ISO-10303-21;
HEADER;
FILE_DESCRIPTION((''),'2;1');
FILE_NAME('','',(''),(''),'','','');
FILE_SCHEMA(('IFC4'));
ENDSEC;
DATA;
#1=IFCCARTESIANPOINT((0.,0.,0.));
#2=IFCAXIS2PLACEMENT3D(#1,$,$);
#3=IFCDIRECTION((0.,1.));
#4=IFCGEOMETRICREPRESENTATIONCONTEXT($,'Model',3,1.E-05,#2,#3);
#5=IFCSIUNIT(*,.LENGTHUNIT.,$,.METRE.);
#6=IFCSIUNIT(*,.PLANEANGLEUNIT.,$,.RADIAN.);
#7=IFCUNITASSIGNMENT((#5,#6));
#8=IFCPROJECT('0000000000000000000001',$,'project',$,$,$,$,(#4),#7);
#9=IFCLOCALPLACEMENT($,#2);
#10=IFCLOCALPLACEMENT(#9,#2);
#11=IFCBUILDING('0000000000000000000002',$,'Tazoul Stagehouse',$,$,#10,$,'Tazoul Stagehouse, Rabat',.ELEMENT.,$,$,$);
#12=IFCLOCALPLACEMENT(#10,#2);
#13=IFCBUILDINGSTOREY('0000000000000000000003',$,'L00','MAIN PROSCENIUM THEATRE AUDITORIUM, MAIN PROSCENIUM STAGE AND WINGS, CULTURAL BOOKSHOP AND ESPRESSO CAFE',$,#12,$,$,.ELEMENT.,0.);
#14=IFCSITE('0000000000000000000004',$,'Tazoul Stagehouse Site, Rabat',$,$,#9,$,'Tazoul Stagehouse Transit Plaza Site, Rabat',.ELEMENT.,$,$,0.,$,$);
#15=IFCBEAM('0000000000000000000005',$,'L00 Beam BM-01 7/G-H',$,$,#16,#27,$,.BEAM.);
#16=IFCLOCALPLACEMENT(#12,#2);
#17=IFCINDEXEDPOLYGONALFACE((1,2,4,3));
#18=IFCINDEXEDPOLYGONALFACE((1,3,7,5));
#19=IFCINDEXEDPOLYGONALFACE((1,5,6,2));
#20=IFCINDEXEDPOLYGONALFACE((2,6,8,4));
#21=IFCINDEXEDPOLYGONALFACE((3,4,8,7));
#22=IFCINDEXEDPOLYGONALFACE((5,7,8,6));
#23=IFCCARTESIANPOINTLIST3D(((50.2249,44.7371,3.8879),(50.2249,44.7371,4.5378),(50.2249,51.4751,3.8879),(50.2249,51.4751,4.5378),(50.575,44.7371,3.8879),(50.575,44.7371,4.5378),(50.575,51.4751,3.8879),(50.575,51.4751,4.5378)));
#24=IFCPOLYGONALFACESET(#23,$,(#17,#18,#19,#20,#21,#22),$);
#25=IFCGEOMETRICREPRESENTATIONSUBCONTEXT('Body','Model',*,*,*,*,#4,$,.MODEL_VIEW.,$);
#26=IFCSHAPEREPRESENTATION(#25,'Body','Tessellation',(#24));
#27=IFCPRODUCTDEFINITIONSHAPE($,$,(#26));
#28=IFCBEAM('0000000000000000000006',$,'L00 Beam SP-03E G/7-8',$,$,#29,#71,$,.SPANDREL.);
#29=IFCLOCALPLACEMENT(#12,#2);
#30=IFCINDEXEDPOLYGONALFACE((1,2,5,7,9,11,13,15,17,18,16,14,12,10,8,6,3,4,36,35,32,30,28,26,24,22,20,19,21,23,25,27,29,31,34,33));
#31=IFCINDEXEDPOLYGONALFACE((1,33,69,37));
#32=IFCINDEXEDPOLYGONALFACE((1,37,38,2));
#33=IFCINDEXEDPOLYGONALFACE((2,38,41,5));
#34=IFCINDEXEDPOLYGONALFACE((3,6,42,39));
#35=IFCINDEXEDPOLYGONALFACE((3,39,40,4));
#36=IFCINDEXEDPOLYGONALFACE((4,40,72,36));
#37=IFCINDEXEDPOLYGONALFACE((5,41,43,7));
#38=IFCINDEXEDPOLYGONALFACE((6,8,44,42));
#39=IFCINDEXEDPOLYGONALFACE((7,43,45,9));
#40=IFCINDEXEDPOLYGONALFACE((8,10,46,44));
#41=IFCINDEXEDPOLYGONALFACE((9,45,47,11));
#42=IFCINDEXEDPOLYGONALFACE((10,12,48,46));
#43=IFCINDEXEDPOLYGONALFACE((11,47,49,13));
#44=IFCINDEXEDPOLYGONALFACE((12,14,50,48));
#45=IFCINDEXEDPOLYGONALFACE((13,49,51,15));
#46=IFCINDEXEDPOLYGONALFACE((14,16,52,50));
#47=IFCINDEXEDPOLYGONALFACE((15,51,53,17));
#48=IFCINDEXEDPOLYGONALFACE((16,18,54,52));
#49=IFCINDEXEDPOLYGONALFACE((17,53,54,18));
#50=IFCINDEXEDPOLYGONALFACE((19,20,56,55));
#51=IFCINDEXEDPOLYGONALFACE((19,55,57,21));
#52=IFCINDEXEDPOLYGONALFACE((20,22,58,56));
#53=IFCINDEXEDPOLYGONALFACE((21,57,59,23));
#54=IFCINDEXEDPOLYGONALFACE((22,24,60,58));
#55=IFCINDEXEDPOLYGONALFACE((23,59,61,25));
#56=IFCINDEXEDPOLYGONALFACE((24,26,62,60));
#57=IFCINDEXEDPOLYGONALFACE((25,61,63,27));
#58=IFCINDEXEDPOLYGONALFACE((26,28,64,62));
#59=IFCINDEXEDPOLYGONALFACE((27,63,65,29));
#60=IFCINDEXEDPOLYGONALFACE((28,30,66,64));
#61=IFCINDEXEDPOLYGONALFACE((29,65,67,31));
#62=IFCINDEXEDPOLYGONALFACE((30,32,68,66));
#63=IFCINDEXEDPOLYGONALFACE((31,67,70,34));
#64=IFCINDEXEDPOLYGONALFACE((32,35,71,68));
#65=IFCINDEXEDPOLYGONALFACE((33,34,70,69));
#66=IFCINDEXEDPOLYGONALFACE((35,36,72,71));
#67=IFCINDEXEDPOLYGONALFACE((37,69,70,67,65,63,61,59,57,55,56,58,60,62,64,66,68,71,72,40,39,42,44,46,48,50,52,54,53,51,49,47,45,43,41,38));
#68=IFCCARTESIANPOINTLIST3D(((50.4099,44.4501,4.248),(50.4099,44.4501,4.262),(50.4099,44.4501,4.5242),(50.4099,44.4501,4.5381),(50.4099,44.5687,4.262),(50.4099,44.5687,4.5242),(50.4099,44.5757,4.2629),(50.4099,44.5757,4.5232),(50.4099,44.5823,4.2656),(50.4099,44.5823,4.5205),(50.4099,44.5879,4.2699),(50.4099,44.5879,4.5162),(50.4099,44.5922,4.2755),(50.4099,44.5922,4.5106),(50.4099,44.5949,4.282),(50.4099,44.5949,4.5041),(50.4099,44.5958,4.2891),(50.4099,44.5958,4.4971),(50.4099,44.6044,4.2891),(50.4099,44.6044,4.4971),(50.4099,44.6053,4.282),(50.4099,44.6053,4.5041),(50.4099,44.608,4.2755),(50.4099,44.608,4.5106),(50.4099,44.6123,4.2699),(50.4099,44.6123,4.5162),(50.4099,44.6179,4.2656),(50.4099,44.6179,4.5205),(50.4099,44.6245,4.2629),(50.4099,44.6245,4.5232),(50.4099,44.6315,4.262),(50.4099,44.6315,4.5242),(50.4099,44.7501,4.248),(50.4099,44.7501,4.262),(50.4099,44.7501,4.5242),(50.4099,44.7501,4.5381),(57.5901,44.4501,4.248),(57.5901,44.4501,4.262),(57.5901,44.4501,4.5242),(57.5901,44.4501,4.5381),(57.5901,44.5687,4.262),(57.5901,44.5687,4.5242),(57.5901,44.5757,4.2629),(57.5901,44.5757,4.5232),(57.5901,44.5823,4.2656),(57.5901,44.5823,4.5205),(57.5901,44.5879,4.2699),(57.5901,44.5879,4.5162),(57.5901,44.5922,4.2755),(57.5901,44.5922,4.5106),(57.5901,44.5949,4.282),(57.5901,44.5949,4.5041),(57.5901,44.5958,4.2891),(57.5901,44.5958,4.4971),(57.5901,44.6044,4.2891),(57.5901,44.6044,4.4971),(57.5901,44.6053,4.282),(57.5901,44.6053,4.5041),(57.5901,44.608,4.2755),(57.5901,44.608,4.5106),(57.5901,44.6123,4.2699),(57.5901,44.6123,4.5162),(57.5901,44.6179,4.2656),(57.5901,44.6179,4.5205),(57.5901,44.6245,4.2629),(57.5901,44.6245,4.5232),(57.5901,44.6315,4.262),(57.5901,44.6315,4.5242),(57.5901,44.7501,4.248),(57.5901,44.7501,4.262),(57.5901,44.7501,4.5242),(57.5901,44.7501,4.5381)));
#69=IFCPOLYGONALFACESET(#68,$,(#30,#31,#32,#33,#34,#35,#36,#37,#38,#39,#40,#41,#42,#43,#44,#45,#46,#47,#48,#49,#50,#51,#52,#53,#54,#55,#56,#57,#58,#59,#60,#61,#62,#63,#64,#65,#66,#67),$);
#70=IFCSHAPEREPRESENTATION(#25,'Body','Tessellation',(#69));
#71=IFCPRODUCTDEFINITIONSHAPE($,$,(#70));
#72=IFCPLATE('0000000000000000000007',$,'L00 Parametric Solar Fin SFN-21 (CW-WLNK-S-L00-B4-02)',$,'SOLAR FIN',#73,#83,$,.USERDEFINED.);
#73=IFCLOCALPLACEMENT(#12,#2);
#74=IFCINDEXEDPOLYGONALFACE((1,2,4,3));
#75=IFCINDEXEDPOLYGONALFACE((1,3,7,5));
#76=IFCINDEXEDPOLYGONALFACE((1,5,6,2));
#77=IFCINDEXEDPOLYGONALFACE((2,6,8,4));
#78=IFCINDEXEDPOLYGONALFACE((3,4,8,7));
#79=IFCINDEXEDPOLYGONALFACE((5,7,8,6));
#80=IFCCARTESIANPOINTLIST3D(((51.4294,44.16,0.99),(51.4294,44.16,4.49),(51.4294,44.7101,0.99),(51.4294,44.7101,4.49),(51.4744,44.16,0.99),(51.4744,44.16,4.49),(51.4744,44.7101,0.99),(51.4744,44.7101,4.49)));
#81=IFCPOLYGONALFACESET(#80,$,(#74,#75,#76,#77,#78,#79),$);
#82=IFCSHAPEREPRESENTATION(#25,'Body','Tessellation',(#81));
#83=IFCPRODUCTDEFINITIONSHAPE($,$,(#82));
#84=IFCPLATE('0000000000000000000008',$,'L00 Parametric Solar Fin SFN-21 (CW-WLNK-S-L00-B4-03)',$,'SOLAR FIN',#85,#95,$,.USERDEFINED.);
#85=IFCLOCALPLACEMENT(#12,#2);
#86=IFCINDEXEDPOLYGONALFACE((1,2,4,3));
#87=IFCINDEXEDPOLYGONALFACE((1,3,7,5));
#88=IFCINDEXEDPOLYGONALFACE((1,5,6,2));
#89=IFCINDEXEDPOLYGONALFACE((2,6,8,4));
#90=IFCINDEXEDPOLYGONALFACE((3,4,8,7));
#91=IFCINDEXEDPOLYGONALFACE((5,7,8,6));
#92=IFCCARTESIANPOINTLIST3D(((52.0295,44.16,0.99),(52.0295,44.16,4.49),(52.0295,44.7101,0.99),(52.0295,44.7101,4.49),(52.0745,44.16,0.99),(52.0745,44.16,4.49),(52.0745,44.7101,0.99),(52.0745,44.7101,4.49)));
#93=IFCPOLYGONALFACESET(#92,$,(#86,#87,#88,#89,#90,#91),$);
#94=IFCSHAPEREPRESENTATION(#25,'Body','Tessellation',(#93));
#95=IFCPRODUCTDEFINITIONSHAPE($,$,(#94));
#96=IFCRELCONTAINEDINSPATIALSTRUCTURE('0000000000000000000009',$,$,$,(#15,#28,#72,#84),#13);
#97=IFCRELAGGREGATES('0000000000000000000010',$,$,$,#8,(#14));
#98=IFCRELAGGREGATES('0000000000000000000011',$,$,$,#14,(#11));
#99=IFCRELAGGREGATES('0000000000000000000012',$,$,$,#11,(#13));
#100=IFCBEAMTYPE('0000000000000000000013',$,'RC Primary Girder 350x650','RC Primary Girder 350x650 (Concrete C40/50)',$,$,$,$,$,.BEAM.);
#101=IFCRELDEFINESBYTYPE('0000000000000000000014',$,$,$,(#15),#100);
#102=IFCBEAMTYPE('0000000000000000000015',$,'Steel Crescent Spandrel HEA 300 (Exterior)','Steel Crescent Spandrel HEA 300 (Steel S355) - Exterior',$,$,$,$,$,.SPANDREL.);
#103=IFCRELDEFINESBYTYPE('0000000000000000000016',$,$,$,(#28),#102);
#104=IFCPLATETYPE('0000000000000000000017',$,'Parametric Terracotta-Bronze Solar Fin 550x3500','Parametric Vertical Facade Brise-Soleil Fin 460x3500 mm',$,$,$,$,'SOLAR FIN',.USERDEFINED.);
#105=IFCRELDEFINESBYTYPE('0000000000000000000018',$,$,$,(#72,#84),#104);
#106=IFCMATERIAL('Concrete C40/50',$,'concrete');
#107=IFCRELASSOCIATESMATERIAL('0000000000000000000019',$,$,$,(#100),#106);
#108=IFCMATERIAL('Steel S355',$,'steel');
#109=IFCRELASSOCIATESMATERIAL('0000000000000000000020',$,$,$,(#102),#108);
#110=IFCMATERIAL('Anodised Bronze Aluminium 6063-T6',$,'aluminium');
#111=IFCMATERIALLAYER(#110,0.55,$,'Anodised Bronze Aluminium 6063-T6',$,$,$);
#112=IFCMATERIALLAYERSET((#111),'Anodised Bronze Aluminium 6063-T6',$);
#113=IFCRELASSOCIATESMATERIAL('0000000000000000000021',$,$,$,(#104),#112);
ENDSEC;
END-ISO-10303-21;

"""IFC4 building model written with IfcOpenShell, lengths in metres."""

from ifc_helpers import new_model, si_unit, direction, frame, origin, origin_2d, place, context, subcontext, project, spatial, rectangle, i_section, extrude, material, layer, layer_set, material_profile, profile_set, type_object, element, save


model = new_model("IFC4")

# Units and contexts
model_context = context("Model", 3, precision=1e-05, world=origin(), true_north=direction((0.0, 1.0)))
body_context = subcontext(model_context, "Body", "Model", "MODEL_VIEW")
ifc_project = project(units=[si_unit("LENGTHUNIT", "METRE"), si_unit("PLANEANGLEUNIT", "RADIAN")], contexts=[model_context])

# Site, building, storey
site_placement = place(None, origin())
site = spatial("IfcSite", under=ifc_project, at=site_placement, Name="Tazoul Stagehouse Site, Rabat", LongName="Tazoul Stagehouse Transit Plaza Site, Rabat", CompositionType="ELEMENT", RefElevation=0.0)
building_placement = place(site_placement, origin())
building = spatial("IfcBuilding", under=site, at=building_placement, Name="Tazoul Stagehouse", LongName="Tazoul Stagehouse, Rabat", CompositionType="ELEMENT")
storey_placement = place(building_placement, origin())
storey = spatial("IfcBuildingStorey", under=building, at=storey_placement, Name="L00", Description="MAIN PROSCENIUM THEATRE AUDITORIUM, MAIN PROSCENIUM STAGE AND WINGS, CULTURAL BOOKSHOP AND ESPRESSO CAFE", CompositionType="ELEMENT", Elevation=0.0)

# Beams
ifc_material_1 = material(Name="Concrete C40/50", Category="concrete")
ifc_material_profile_1 = material_profile(ifc_material_1, rectangle(XDim=0.3501, YDim=0.6499, at=origin_2d()), Name="RC 350x650")
ifc_profile_set_1 = profile_set([ifc_material_profile_1], Name="Concrete C40/50")
beam_type_1 = type_object("IfcBeamType", Name="RC Primary Girder 350x650", Description="RC Primary Girder 350x650 (Concrete C40/50)", PredefinedType="BEAM", material=ifc_profile_set_1)
beam_1_placement = place(storey_placement, frame((50.3999, 44.7371, 4.2129), z_axis=(0.0, 1.0, 0.0), x_axis=(-1.0, 0.0, 0.0)))
element("IfcBeam", 1, at=beam_1_placement, inside=storey, type_object=beam_type_1, Name="L00 Beam BM-01 7/G-H", PredefinedType="BEAM", context=body_context, shape_type="SweptSolid", body=[
    extrude(rectangle(XDim=0.3501, YDim=0.6499, at=origin_2d()), origin(), (0.0, 0.0, 1.0), 6.738),
])
ifc_material_2 = material(Name="Steel S355", Category="steel")
ifc_material_profile_2 = material_profile(ifc_material_2, i_section(OverallWidth=0.3, OverallDepth=0.29, WebThickness=0.0085, FlangeThickness=0.0139, FilletRadius=0.0271, at=origin_2d()), Name="HEA 300")
ifc_profile_set_2 = profile_set([ifc_material_profile_2], Name="Steel S355")
beam_type_2 = type_object("IfcBeamType", Name="Steel Crescent Spandrel HEA 300 (Exterior)", Description="Steel Crescent Spandrel HEA 300 (Steel S355) - Exterior", PredefinedType="SPANDREL", material=ifc_profile_set_2)
beam_2_placement = place(storey_placement, frame((50.4099, 44.6001, 4.3931), z_axis=(1.0, 0.0, 0.0), x_axis=(0.0, 1.0, 0.0)))
element("IfcBeam", 2, at=beam_2_placement, inside=storey, type_object=beam_type_2, Name="L00 Beam SP-03E G/7-8", PredefinedType="SPANDREL", context=body_context, shape_type="SweptSolid", body=[
    extrude(i_section(OverallWidth=0.3, OverallDepth=0.29, WebThickness=0.0085, FlangeThickness=0.0139, FilletRadius=0.0271, at=origin_2d()), origin(), (0.0, 0.0, 1.0), 7.1802),
])

# Plates
ifc_material_3 = material(Name="Anodised Bronze Aluminium 6063-T6", Category="aluminium")
ifc_layer = layer(ifc_material_3, 0.55, Name="Anodised Bronze Aluminium 6063-T6")
ifc_layer_set = layer_set([ifc_layer], Name="Anodised Bronze Aluminium 6063-T6")
plate_type = type_object("IfcPlateType", Name="Parametric Terracotta-Bronze Solar Fin 550x3500", Description="Parametric Vertical Facade Brise-Soleil Fin 460x3500 mm", ElementType="SOLAR FIN", PredefinedType="USERDEFINED", material=ifc_layer_set)
for number, where, z_axis, x_axis, name in (
    (3, (51.4519, 44.4351, 0.99), (0.0, 0.0, 1.0), (1.0, 0.0, 0.0), "L00 Parametric Solar Fin SFN-21 (CW-WLNK-S-L00-B4-02)"),
    (4, (52.052, 44.4351, 0.99), (0.0, 0.0, 1.0), (1.0, 0.0, 0.0), "L00 Parametric Solar Fin SFN-21 (CW-WLNK-S-L00-B4-03)"),
):
    element("IfcPlate", number, at=place(storey_placement, frame(where, z_axis=z_axis, x_axis=x_axis)), inside=storey, type_object=plate_type, Name=name, ObjectType="SOLAR FIN", PredefinedType="USERDEFINED", context=body_context, shape_type="SweptSolid", body=[
        extrude(rectangle(XDim=0.0449, YDim=0.55, at=origin_2d()), origin(), (0.0, 0.0, 1.0), 3.5),
    ])

save(model, "model.ifc")
